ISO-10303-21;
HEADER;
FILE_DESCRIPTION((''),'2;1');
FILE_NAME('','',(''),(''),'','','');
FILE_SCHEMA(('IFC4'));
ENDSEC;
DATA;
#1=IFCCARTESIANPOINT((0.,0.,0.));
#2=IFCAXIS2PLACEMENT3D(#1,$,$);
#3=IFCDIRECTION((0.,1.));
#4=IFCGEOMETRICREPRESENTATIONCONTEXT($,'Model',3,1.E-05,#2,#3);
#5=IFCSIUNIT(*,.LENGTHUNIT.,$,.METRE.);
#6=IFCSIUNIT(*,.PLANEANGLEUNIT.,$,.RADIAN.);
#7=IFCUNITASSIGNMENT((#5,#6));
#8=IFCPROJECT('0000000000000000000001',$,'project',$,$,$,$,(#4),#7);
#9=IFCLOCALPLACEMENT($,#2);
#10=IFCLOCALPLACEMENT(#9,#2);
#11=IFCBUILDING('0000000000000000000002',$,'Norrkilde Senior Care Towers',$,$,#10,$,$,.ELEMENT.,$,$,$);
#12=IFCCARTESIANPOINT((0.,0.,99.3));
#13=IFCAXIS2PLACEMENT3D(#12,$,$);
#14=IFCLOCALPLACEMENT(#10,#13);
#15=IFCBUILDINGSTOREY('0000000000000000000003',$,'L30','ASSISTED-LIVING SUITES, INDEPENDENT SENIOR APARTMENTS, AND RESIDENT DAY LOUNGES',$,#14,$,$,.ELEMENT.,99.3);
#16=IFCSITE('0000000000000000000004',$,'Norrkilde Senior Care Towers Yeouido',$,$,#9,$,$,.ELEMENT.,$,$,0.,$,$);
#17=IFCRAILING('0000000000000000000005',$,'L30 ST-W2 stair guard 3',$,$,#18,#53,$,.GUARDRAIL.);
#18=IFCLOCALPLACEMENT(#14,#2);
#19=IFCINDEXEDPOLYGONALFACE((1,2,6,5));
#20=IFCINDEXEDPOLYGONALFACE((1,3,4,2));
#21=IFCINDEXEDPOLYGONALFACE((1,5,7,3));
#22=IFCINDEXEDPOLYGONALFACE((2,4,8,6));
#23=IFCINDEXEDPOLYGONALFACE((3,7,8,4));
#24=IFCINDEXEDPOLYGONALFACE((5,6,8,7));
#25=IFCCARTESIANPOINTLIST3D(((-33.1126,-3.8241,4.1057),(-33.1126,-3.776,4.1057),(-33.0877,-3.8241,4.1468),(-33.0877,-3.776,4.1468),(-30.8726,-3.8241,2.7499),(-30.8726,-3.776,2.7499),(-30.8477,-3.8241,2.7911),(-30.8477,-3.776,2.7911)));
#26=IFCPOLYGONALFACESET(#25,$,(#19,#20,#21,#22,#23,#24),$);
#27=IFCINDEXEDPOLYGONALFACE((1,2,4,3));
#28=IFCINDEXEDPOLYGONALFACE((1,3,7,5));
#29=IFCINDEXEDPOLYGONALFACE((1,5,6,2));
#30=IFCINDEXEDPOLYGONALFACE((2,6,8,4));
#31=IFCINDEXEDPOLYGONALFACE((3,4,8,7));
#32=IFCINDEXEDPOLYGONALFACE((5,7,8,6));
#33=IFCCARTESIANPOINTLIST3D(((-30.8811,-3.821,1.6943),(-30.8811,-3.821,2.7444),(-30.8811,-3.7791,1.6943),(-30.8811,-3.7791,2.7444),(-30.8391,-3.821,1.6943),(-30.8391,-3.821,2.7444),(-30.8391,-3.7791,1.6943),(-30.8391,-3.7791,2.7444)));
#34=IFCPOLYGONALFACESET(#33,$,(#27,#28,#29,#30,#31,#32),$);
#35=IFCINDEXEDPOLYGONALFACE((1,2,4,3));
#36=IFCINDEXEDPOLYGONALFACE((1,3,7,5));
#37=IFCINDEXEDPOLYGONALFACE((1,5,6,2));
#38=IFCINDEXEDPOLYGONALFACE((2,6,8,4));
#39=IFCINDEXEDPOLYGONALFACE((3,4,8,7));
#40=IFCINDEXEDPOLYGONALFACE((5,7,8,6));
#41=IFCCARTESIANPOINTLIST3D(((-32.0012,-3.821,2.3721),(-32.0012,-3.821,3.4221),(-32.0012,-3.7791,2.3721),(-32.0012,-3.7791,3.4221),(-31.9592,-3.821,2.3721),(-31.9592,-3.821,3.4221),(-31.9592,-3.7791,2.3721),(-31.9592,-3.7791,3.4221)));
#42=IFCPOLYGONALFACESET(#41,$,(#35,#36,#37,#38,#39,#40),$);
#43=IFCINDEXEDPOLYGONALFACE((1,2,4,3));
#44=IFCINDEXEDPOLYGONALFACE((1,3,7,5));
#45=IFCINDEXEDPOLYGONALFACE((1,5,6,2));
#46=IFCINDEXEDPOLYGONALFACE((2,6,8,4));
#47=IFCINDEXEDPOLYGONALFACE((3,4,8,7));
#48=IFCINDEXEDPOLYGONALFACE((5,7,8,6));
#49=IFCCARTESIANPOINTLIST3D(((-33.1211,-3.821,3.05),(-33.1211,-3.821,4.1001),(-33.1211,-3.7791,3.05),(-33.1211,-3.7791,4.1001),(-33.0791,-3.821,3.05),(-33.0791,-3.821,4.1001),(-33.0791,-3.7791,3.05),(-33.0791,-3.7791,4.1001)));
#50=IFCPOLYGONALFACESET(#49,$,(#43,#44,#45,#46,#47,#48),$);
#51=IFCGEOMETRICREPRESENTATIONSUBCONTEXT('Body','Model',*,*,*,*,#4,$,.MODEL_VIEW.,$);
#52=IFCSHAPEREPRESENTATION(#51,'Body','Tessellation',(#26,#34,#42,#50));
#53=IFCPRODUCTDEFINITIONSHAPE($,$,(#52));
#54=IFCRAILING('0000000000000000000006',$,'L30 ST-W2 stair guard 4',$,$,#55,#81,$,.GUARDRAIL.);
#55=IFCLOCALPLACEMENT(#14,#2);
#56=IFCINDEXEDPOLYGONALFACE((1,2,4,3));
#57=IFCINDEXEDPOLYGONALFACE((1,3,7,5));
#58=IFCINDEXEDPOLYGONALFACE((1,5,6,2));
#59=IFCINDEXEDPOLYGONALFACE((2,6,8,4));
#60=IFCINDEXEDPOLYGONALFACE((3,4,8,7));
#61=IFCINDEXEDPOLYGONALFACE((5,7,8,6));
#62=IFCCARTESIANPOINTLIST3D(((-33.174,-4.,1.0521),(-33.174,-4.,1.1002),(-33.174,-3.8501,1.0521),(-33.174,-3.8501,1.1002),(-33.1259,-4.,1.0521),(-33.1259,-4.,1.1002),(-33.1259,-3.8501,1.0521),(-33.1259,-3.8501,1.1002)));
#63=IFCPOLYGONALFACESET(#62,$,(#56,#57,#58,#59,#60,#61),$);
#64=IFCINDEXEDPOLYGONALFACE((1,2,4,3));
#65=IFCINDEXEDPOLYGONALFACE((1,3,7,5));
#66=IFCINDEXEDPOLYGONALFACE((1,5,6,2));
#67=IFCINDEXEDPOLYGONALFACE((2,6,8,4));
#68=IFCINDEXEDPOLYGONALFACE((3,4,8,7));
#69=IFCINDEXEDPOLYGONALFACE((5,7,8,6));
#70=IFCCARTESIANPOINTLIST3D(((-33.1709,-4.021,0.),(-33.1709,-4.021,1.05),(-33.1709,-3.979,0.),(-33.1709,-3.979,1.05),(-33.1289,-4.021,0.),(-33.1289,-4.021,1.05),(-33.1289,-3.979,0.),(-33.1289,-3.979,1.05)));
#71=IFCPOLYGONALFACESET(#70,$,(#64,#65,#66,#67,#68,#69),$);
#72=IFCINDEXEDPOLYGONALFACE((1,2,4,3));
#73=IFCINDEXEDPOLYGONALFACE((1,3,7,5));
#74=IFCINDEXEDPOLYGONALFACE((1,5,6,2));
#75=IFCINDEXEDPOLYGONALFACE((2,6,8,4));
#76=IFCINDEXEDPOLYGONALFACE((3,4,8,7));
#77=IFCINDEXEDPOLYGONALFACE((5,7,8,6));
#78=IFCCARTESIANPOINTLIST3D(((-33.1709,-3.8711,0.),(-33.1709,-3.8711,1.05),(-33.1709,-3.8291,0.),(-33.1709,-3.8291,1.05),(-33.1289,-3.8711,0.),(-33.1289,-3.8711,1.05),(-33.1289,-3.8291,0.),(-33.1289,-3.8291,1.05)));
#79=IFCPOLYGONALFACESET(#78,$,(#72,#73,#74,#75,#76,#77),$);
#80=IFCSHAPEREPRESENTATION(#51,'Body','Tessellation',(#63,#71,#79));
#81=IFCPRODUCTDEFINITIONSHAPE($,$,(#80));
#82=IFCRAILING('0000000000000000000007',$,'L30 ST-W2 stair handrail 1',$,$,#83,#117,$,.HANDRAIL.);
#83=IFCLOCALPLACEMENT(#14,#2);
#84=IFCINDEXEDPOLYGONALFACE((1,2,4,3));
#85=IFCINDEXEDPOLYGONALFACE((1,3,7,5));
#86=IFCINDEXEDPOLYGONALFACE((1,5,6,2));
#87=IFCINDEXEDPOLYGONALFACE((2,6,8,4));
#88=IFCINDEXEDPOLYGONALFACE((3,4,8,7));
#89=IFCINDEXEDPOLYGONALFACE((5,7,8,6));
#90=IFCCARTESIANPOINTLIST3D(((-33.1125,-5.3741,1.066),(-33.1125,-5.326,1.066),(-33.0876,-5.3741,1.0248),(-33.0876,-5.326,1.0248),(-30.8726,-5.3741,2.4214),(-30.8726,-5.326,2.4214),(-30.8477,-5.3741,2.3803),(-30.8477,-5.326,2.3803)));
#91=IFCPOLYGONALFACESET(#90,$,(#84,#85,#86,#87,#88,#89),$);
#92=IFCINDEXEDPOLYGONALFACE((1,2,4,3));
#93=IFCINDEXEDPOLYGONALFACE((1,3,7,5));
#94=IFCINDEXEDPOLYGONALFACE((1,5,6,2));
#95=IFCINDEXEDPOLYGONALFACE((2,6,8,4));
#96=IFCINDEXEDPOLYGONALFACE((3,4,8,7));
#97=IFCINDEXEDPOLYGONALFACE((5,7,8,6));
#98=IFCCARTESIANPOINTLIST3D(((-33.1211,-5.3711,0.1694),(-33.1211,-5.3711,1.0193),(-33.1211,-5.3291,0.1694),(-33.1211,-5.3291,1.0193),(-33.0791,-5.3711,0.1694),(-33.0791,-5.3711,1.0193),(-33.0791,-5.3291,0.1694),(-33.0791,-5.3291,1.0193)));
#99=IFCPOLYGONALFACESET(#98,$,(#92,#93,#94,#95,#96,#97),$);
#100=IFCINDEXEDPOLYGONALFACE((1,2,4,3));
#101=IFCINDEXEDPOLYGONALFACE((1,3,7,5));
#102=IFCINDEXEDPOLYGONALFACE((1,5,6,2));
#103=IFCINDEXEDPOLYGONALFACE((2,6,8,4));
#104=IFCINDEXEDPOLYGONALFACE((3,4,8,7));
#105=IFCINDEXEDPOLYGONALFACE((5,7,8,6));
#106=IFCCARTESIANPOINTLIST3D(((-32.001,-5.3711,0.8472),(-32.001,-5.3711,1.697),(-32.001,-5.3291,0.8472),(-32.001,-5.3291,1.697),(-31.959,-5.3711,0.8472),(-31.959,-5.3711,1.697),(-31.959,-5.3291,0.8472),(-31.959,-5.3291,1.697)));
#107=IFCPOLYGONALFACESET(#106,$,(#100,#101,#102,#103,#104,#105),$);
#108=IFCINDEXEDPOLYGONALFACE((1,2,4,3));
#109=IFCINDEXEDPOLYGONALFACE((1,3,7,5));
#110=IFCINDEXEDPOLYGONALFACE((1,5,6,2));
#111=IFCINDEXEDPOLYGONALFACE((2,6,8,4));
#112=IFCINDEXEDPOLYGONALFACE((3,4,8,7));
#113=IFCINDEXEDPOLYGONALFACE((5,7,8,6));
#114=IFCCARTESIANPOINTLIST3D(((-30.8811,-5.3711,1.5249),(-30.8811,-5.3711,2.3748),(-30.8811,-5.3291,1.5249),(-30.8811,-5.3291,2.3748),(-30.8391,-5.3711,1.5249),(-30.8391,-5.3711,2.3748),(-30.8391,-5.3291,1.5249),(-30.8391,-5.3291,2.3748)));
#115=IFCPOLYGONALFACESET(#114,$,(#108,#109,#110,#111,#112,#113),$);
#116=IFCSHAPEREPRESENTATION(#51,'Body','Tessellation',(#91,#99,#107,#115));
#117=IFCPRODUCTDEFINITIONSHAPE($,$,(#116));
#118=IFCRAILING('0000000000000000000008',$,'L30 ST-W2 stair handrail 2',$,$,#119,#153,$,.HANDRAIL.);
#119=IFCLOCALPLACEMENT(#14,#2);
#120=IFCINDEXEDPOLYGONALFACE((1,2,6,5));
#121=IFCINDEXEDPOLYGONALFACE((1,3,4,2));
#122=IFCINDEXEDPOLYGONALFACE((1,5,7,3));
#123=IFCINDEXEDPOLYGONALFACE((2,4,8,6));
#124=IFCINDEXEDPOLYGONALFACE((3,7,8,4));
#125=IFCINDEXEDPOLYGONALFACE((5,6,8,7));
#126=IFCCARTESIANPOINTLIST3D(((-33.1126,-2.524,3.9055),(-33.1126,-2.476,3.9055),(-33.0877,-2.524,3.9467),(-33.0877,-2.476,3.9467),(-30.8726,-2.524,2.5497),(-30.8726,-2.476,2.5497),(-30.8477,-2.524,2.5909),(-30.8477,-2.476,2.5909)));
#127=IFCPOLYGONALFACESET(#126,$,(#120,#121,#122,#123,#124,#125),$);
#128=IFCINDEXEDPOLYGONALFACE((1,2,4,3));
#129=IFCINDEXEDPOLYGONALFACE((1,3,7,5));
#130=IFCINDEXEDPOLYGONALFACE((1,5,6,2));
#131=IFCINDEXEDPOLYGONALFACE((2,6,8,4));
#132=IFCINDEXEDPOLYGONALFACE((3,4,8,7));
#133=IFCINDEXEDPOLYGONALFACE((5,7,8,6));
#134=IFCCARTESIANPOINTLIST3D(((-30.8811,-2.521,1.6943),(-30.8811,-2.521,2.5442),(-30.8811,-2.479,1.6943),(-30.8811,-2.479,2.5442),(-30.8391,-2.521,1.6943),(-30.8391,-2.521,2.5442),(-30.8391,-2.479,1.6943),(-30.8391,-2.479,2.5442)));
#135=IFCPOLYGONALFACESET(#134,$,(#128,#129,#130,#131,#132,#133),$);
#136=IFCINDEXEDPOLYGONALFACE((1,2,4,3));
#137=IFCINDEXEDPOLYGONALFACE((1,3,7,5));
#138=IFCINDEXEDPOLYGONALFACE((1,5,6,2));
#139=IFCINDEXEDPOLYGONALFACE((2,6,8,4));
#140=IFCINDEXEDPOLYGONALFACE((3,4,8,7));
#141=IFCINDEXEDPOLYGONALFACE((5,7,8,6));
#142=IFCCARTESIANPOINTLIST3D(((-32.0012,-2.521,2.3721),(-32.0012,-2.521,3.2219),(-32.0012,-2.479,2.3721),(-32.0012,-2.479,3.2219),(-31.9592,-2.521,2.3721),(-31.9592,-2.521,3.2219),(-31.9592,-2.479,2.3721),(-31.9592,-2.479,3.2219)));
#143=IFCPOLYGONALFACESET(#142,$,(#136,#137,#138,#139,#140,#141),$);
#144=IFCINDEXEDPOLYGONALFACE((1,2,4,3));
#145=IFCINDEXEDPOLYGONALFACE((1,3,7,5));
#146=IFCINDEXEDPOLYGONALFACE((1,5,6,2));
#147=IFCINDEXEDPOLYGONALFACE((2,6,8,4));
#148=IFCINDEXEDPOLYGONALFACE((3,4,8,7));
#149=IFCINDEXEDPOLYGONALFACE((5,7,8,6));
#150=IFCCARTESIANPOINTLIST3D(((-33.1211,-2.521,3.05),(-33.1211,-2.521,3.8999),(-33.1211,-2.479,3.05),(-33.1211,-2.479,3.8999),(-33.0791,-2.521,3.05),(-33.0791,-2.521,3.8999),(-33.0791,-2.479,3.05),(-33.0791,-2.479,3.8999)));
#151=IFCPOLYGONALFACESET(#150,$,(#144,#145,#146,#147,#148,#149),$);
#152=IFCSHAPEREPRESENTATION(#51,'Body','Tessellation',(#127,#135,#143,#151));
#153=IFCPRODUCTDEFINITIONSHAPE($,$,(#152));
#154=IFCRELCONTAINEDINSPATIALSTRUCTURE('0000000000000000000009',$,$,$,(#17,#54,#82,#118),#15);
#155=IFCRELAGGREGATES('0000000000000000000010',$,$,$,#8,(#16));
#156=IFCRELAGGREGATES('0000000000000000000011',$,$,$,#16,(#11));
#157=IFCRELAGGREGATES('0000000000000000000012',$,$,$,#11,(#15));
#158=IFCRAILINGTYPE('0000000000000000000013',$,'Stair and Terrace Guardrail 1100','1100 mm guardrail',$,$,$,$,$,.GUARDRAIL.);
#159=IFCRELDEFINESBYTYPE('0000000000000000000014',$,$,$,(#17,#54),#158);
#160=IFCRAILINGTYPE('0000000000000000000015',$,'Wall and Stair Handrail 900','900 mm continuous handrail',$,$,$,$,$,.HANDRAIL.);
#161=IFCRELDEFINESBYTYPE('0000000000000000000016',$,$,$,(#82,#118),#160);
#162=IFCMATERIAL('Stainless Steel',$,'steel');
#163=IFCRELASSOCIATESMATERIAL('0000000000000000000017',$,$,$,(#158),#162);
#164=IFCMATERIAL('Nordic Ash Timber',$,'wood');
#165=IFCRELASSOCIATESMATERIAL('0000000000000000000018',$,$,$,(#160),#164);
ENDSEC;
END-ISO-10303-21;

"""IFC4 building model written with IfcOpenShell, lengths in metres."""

from ifc_helpers import new_model, si_unit, direction, frame, origin, origin_2d, place, context, subcontext, project, spatial, rectangle, extrude, material, type_object, element, save


model = new_model("IFC4")

# Units and contexts
model_context = context("Model", 3, precision=1e-05, world=origin(), true_north=direction((0.0, 1.0)))
body_context = subcontext(model_context, "Body", "Model", "MODEL_VIEW")
ifc_project = project(units=[si_unit("LENGTHUNIT", "METRE"), si_unit("PLANEANGLEUNIT", "RADIAN")], contexts=[model_context])

# Site, building, storey
site_placement = place(None, origin())
site = spatial("IfcSite", under=ifc_project, at=site_placement, Name="Norrkilde Senior Care Towers Yeouido", CompositionType="ELEMENT", RefElevation=0.0)
building_placement = place(site_placement, origin())
building = spatial("IfcBuilding", under=site, at=building_placement, Name="Norrkilde Senior Care Towers", CompositionType="ELEMENT")
storey_placement = place(building_placement, frame((0.0, 0.0, 99.3)))
storey = spatial("IfcBuildingStorey", under=building, at=storey_placement, Name="L30", Description="ASSISTED-LIVING SUITES, INDEPENDENT SENIOR APARTMENTS, AND RESIDENT DAY LOUNGES", CompositionType="ELEMENT", Elevation=99.3)

# Shared definitions
ifc_material_1 = material(Name="Stainless Steel", Category="steel")

# Railings
railing_type_1 = type_object("IfcRailingType", Name="Stair and Terrace Guardrail 1100", Description="1100 mm guardrail", PredefinedType="GUARDRAIL", material=ifc_material_1)
railing_1_placement = place(storey_placement, frame((-30.8601, -3.8, 1.6943)))
element("IfcRailing", 1, at=railing_1_placement, inside=storey, type_object=railing_type_1, Name="L30 ST-W2 stair guard 3", PredefinedType="GUARDRAIL", context=body_context, shape_type="SweptSolid", body=[
    extrude(rectangle(XDim=0.0481, YDim=0.0481, at=origin_2d()), frame((0.0, 0.0, 1.0762), z_axis=(-0.855512, 0.0, 0.517783), x_axis=(0.0, -1.0, 0.0)), (0.0, 0.0, 1.0), 2.6184),
    extrude(rectangle(XDim=0.042, YDim=0.042, at=origin_2d()), origin(), (0.0, 0.0, 1.0), 1.05),
    extrude(rectangle(XDim=0.042, YDim=0.042, at=origin_2d()), frame((-1.1201, 0.0, 0.6777)), (0.0, 0.0, 1.0), 1.05),
    extrude(rectangle(XDim=0.042, YDim=0.042, at=origin_2d()), frame((-2.24, 0.0, 1.3557)), (0.0, 0.0, 1.0), 1.05),
])
railing_2_placement = place(storey_placement, frame((-33.1499, -4.0, 0.0)))
element("IfcRailing", 2, at=railing_2_placement, inside=storey, type_object=railing_type_1, Name="L30 ST-W2 stair guard 4", PredefinedType="GUARDRAIL", context=body_context, shape_type="SweptSolid", body=[
    extrude(rectangle(XDim=0.0481, YDim=0.0481, at=origin_2d()), frame((0.0, 0.0, 1.0762), z_axis=(0.0, 1.0, 0.0), x_axis=(-1.0, 0.0, 0.0)), (0.0, 0.0, 1.0), 0.1499),
    extrude(rectangle(XDim=0.042, YDim=0.042, at=origin_2d()), origin(), (0.0, 0.0, 1.0), 1.05),
    extrude(rectangle(XDim=0.042, YDim=0.042, at=origin_2d()), frame((0.0, 0.1499, 0.0)), (0.0, 0.0, 1.0), 1.05),
])
ifc_material_2 = material(Name="Nordic Ash Timber", Category="wood")
railing_type_2 = type_object("IfcRailingType", Name="Wall and Stair Handrail 900", Description="900 mm continuous handrail", PredefinedType="HANDRAIL", material=ifc_material_2)
railing_3_placement = place(storey_placement, frame((-33.1001, -5.3501, 0.1694)))
element("IfcRailing", 3, at=railing_3_placement, inside=storey, type_object=railing_type_2, Name="L30 ST-W2 stair handrail 1", PredefinedType="HANDRAIL", context=body_context, shape_type="SweptSolid", body=[
    extrude(rectangle(XDim=0.0481, YDim=0.0481, at=origin_2d()), frame((0.0, 0.0, 0.876), z_axis=(0.855553, 0.0, 0.517715), x_axis=(0.0, 1.0, 0.0)), (0.0, 0.0, 1.0), 2.6182),
    extrude(rectangle(XDim=0.042, YDim=0.042, at=origin_2d()), origin(), (0.0, 0.0, 1.0), 0.8499),
    extrude(rectangle(XDim=0.042, YDim=0.042, at=origin_2d()), frame((1.1201, 0.0, 0.6777)), (0.0, 0.0, 1.0), 0.8499),
    extrude(rectangle(XDim=0.042, YDim=0.042, at=origin_2d()), frame((2.24, 0.0, 1.3555)), (0.0, 0.0, 1.0), 0.8499),
])
railing_4_placement = place(storey_placement, frame((-30.8601, -2.5, 1.6943)))
element("IfcRailing", 4, at=railing_4_placement, inside=storey, type_object=railing_type_2, Name="L30 ST-W2 stair handrail 2", PredefinedType="HANDRAIL", context=body_context, shape_type="SweptSolid", body=[
    extrude(rectangle(XDim=0.0481, YDim=0.0481, at=origin_2d()), frame((0.0, 0.0, 0.876), z_axis=(-0.855512, 0.0, 0.517783), x_axis=(0.0, -1.0, 0.0)), (0.0, 0.0, 1.0), 2.6184),
    extrude(rectangle(XDim=0.042, YDim=0.042, at=origin_2d()), origin(), (0.0, 0.0, 1.0), 0.8499),
    extrude(rectangle(XDim=0.042, YDim=0.042, at=origin_2d()), frame((-1.1201, 0.0, 0.6777)), (0.0, 0.0, 1.0), 0.8499),
    extrude(rectangle(XDim=0.042, YDim=0.042, at=origin_2d()), frame((-2.24, 0.0, 1.3557)), (0.0, 0.0, 1.0), 0.8499),
])

save(model, "model.ifc")
